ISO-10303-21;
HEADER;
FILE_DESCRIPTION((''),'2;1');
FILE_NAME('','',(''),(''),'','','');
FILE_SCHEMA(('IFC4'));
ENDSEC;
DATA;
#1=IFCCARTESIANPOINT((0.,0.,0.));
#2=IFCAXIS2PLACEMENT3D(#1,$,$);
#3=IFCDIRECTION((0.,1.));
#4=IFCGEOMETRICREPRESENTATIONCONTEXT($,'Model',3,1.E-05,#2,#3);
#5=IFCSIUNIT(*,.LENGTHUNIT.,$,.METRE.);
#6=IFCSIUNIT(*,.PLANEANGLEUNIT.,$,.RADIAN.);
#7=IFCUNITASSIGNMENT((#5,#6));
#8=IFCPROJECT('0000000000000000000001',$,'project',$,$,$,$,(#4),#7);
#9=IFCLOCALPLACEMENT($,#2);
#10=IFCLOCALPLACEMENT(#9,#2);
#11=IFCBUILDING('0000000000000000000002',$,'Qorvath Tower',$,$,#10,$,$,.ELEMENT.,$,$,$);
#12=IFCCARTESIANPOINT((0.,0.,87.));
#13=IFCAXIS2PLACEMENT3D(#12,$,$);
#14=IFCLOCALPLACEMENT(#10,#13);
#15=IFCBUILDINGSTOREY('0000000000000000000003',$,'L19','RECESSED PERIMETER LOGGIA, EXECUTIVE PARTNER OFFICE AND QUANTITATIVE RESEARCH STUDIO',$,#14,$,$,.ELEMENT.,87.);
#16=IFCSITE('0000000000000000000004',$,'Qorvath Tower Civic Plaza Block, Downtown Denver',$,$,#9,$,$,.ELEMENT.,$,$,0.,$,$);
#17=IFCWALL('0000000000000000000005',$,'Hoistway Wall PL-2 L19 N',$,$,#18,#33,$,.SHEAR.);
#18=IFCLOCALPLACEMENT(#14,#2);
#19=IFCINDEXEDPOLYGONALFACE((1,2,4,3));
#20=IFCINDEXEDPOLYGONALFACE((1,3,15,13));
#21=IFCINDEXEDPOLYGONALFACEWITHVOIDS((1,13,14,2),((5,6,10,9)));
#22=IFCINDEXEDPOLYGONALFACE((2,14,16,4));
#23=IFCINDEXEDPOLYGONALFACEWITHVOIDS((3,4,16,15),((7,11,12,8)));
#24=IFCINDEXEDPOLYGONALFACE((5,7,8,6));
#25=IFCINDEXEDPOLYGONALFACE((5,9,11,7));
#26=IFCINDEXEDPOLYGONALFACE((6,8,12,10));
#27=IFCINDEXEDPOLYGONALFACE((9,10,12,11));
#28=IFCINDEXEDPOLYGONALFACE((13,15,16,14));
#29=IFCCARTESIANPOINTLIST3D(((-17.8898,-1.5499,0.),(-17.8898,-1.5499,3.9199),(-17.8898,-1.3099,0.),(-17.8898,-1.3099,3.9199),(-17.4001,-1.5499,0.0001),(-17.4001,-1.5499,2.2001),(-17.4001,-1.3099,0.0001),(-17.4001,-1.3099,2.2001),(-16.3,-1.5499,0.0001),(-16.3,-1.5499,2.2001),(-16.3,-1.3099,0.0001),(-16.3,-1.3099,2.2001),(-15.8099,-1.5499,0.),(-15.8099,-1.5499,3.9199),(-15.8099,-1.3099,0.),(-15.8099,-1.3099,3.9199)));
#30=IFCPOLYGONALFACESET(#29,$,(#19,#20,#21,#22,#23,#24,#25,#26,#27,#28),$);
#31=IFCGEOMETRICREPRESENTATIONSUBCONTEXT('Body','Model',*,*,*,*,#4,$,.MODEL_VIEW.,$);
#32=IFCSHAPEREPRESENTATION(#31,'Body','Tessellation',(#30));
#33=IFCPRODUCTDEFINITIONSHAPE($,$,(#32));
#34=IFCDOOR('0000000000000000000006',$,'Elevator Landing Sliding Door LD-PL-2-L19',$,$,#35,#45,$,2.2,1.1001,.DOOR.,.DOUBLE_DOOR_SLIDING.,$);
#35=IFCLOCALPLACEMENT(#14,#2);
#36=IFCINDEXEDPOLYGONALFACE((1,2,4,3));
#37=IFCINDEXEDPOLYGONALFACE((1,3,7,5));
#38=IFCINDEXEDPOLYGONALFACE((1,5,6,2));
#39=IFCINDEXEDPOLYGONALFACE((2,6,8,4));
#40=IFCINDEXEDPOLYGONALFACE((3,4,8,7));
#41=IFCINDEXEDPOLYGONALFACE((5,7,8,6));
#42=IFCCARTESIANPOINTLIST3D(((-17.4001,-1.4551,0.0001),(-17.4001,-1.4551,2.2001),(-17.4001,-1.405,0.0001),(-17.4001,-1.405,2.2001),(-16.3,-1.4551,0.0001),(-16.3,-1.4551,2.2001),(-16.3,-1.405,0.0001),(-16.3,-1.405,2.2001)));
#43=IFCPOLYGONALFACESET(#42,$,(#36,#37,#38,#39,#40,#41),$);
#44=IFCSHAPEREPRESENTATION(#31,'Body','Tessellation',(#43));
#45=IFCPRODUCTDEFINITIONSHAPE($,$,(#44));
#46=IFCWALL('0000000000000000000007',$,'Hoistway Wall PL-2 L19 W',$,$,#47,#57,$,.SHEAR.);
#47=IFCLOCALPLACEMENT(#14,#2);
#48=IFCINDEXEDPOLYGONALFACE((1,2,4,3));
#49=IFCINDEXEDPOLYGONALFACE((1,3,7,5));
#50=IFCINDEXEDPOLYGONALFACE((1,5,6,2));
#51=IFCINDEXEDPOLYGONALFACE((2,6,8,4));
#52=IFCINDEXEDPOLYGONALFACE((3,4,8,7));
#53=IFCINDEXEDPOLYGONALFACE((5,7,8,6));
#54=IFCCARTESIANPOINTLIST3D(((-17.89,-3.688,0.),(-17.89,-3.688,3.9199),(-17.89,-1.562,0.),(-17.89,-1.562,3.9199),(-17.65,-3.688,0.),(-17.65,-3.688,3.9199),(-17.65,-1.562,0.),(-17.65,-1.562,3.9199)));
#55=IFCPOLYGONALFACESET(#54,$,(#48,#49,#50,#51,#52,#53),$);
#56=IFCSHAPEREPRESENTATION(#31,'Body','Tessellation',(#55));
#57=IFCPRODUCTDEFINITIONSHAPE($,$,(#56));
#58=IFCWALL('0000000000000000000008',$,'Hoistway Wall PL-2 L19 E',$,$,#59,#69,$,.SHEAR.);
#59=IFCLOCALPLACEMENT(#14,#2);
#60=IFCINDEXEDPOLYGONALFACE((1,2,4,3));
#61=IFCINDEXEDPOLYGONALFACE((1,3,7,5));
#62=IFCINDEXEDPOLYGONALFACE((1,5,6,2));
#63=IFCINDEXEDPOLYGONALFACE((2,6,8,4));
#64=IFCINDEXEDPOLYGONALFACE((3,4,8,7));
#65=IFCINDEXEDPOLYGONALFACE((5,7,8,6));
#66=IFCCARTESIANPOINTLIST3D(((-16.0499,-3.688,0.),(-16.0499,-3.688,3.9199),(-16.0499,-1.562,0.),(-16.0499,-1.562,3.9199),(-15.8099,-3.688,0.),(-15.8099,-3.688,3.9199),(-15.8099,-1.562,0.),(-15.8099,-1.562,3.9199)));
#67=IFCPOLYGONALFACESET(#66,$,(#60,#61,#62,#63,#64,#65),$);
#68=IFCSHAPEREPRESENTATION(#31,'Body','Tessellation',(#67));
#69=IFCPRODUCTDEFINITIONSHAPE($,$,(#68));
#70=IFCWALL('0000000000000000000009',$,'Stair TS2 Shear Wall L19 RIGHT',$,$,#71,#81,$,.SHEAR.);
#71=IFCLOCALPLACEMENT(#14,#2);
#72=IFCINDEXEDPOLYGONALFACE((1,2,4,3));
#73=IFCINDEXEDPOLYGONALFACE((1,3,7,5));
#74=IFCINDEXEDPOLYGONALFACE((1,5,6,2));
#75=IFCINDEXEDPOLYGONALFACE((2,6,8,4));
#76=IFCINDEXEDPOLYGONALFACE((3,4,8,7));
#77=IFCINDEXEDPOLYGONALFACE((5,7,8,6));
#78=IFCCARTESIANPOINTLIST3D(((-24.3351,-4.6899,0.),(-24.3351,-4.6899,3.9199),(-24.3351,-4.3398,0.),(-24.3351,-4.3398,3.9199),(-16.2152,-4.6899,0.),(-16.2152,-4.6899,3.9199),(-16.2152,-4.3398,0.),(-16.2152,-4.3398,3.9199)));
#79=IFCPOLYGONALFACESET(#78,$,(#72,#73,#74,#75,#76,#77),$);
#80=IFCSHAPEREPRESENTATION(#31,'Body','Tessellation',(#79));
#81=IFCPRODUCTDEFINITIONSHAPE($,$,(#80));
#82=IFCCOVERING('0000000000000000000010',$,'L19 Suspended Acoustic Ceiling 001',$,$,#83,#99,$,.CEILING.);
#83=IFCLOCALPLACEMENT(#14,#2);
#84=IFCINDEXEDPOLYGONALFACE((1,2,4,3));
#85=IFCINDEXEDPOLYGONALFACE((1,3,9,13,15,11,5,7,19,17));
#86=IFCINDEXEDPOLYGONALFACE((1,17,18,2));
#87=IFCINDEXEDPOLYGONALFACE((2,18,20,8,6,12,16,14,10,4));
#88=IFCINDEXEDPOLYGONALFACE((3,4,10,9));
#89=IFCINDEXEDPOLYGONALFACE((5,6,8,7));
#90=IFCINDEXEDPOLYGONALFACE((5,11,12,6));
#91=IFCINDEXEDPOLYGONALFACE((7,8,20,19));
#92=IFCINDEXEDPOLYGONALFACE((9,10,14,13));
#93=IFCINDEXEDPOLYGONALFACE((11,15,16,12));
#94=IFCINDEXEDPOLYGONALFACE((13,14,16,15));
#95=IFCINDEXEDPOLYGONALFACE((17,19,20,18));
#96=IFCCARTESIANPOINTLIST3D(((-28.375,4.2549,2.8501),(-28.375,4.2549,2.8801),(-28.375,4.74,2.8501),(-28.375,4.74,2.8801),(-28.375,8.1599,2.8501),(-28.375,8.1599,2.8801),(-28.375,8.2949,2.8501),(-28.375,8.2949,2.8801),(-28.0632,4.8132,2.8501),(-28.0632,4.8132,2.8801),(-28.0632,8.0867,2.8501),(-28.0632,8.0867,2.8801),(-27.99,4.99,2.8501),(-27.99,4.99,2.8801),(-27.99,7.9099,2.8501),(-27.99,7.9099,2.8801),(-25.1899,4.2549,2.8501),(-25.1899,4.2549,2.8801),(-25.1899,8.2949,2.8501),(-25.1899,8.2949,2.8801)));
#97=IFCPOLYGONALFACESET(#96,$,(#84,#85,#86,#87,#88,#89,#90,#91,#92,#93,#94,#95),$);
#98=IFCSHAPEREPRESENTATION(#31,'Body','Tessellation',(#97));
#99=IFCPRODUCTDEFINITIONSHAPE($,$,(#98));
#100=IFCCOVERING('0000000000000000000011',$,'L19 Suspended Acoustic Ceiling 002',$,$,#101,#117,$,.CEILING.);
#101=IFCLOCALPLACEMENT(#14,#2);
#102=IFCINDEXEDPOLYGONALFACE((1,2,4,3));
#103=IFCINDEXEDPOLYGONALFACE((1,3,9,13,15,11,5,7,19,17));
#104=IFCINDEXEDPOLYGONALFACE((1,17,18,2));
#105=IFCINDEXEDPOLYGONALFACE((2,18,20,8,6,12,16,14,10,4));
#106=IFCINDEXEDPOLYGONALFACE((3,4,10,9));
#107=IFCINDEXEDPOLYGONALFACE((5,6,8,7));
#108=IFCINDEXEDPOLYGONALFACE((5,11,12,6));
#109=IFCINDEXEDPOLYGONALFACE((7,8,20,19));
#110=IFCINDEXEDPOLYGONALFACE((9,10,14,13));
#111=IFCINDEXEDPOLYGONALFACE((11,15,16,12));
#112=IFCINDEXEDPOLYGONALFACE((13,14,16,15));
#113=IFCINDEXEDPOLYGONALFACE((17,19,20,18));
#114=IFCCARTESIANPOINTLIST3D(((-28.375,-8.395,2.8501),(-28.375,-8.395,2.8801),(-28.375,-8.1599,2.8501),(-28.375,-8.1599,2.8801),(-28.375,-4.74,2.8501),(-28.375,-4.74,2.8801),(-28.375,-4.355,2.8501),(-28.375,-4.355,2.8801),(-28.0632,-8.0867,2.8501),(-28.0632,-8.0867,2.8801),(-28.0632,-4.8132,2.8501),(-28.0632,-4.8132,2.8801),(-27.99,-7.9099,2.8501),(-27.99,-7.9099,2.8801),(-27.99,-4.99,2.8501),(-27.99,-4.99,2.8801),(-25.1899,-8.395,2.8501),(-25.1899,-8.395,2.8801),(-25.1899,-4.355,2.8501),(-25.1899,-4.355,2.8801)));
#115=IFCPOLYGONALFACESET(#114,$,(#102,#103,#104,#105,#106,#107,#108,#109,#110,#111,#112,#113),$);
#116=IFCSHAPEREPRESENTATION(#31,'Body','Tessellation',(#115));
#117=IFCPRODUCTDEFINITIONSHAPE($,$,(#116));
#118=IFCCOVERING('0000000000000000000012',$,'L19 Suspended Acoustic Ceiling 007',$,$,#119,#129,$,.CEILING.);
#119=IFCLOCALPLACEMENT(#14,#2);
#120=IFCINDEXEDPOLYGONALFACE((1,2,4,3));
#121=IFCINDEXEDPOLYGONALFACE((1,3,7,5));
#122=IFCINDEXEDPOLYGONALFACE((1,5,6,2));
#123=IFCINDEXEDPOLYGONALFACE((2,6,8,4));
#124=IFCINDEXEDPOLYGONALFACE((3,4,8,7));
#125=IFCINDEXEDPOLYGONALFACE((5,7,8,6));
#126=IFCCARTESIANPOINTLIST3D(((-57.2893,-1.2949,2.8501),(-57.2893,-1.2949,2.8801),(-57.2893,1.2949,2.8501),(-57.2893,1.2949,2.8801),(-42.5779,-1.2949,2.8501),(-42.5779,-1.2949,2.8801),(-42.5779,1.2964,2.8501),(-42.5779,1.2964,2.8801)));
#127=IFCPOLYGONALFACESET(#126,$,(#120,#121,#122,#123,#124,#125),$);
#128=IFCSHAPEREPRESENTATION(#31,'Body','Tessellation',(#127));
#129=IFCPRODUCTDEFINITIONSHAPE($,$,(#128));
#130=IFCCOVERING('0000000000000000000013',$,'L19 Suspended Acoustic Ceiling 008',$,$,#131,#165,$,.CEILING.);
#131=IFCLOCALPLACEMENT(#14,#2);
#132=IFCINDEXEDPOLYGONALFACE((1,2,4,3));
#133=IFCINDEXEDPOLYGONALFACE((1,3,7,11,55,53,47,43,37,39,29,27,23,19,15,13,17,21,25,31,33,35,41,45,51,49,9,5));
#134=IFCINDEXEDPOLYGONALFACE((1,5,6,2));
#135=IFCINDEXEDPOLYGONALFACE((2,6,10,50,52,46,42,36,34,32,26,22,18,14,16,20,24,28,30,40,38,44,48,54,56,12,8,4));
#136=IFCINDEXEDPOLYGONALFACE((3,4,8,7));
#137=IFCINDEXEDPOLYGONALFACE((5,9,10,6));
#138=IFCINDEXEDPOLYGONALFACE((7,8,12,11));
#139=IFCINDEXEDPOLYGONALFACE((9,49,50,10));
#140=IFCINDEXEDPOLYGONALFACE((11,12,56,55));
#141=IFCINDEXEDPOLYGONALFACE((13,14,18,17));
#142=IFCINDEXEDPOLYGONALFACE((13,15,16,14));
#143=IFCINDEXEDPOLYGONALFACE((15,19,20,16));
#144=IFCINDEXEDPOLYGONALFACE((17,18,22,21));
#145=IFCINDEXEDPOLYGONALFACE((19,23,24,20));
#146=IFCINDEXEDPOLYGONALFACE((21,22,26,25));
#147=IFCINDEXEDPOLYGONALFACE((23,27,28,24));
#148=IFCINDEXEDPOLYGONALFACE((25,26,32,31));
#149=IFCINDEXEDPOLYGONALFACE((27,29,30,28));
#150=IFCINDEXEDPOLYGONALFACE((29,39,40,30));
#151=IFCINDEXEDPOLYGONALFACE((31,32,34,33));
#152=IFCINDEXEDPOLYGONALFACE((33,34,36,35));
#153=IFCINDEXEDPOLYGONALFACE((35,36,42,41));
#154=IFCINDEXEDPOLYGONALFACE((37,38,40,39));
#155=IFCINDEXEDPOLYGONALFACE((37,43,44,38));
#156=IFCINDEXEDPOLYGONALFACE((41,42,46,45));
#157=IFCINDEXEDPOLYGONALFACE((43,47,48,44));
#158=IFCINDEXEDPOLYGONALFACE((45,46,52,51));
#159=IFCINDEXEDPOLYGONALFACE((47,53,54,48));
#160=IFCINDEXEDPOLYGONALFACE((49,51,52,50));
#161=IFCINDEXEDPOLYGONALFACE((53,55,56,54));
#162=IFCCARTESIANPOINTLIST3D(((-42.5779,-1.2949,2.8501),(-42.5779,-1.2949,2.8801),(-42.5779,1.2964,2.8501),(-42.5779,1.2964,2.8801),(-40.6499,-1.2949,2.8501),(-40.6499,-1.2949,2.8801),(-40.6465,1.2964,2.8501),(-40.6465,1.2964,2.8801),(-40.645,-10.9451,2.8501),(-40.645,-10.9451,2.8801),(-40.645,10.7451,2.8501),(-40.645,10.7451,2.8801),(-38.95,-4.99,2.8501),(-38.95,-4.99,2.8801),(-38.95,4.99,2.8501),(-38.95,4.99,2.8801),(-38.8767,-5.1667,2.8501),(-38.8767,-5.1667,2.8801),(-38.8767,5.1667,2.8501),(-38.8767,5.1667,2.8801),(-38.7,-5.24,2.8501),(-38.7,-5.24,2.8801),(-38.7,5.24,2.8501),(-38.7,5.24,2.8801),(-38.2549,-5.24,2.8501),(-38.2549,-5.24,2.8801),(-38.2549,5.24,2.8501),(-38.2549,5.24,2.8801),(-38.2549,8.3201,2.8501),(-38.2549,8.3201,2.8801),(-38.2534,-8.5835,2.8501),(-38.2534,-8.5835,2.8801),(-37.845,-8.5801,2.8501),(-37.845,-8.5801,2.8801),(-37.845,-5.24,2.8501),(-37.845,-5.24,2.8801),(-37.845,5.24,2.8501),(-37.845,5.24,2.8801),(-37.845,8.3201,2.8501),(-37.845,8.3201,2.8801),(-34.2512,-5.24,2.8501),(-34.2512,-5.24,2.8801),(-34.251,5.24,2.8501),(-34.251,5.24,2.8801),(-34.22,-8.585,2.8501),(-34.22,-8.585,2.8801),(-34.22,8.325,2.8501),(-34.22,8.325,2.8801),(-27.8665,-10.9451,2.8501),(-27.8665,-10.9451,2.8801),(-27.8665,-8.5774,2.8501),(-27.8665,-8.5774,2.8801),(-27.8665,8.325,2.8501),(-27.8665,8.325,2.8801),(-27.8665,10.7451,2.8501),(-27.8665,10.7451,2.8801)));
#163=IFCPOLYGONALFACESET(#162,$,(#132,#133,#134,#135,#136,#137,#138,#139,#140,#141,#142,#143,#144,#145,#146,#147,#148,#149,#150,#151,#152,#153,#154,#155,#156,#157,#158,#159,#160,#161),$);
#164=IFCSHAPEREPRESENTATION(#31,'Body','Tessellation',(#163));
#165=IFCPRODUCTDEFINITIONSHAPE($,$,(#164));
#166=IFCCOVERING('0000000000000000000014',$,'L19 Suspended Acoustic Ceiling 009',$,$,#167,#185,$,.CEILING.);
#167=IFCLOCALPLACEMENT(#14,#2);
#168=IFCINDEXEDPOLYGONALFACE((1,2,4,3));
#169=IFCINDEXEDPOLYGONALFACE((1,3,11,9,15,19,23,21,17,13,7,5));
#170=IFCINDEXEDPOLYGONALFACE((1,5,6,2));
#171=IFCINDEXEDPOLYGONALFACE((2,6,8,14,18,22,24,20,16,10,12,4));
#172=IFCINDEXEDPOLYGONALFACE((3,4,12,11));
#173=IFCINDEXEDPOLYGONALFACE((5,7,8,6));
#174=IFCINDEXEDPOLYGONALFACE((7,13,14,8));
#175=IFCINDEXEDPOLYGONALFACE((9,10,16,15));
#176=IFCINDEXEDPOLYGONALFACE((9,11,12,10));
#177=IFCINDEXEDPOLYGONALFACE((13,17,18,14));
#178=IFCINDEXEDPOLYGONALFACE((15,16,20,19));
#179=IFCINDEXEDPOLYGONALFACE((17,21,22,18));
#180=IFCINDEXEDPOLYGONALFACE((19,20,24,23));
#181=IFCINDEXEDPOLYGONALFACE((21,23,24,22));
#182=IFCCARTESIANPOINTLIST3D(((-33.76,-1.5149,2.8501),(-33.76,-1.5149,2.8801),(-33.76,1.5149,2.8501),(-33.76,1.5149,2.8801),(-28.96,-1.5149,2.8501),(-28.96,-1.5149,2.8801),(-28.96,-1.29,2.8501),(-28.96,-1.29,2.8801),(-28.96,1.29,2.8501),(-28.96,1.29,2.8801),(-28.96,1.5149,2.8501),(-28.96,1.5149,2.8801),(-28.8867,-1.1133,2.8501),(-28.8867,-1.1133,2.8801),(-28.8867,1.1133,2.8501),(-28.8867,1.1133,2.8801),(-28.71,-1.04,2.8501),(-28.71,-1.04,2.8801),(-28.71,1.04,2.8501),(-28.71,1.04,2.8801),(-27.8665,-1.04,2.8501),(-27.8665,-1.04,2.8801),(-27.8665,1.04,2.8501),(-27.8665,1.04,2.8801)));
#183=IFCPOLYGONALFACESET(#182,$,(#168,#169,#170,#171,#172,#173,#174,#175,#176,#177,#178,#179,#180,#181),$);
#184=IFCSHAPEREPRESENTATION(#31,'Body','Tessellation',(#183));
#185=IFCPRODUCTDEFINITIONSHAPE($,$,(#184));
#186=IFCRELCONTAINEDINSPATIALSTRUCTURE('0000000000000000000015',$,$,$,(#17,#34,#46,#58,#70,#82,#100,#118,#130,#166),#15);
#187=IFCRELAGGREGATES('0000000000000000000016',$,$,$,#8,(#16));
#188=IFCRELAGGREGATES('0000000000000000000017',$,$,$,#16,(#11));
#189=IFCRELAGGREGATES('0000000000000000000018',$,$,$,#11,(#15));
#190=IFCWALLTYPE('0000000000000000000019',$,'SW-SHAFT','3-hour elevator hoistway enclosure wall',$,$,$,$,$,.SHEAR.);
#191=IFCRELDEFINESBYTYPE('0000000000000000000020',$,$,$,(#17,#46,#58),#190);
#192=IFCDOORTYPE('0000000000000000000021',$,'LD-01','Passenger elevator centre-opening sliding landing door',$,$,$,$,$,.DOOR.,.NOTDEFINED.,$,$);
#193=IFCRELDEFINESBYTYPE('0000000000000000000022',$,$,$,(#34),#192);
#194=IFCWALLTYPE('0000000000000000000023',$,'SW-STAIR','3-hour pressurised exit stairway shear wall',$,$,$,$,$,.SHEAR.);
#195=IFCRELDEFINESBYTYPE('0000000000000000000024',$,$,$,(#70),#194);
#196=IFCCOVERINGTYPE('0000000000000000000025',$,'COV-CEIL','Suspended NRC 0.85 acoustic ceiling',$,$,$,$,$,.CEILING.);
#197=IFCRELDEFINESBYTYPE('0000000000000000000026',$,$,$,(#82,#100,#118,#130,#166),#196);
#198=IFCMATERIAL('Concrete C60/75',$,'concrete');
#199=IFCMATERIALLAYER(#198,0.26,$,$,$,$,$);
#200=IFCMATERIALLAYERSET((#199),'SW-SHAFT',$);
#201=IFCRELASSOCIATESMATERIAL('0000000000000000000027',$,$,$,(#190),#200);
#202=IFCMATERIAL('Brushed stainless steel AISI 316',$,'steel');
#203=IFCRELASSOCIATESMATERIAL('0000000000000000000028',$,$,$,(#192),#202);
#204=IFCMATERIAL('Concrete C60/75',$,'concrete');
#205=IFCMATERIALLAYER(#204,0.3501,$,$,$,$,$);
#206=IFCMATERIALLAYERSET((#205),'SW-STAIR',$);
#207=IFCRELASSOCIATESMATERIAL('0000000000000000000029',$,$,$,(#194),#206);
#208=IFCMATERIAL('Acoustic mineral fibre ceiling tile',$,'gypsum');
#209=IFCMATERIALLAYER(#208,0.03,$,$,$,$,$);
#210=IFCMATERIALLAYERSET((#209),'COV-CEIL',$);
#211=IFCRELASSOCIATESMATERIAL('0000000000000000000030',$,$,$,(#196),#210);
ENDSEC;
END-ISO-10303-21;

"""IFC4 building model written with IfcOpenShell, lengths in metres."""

from ifc_helpers import new_model, si_unit, direction, frame, frame_2d, origin, place, context, subcontext, project, spatial, polyline, rectangle, outline, extrude, material, layer, layer_set, type_object, element, fill, save


model = new_model("IFC4")

# Units and contexts
model_context = context("Model", 3, precision=1e-05, world=origin(), true_north=direction((0.0, 1.0)))
body_context = subcontext(model_context, "Body", "Model", "MODEL_VIEW")
ifc_project = project(units=[si_unit("LENGTHUNIT", "METRE"), si_unit("PLANEANGLEUNIT", "RADIAN")], contexts=[model_context])

# Site, building, storey
site_placement = place(None, origin())
site = spatial("IfcSite", under=ifc_project, at=site_placement, Name="Qorvath Tower Civic Plaza Block, Downtown Denver", CompositionType="ELEMENT", RefElevation=0.0)
building_placement = place(site_placement, origin())
building = spatial("IfcBuilding", under=site, at=building_placement, Name="Qorvath Tower", CompositionType="ELEMENT")
storey_placement = place(building_placement, frame((0.0, 0.0, 87.0)))
storey = spatial("IfcBuildingStorey", under=building, at=storey_placement, Name="L19", Description="RECESSED PERIMETER LOGGIA, EXECUTIVE PARTNER OFFICE AND QUANTITATIVE RESEARCH STUDIO", CompositionType="ELEMENT", Elevation=87.0)

# Shared definitions
ifc_material_1 = material(Name="Concrete C60/75", Category="concrete")
ifc_layer_1 = layer(ifc_material_1, 0.26)
ifc_layer_set_1 = layer_set([ifc_layer_1], Name="SW-SHAFT")
wall_type_1 = type_object("IfcWallType", Name="SW-SHAFT", Description="3-hour elevator hoistway enclosure wall", PredefinedType="SHEAR", material=ifc_layer_set_1)

# Wall, opening, door
wall_1_placement = place(storey_placement, frame((-17.8899, -1.4299, 0.0), z_axis=(0.0, 0.0, 1.0), x_axis=(1.0, 0.0, 0.0)))
wall_1 = element("IfcWall", 1, at=wall_1_placement, inside=storey, type_object=wall_type_1, Name="Hoistway Wall PL-2 L19 N", PredefinedType="SHEAR", context=body_context, shape_type="SweptSolid", body=[
    extrude(rectangle(XDim=2.0798, YDim=0.24, at=frame_2d((1.04, 0.0))), origin(), (0.0, 0.0, 1.0), 3.9199),
])
opening_placement = place(wall_1_placement, frame((0.4897, 0.0, 0.0)))
opening = element("IfcOpeningElement", 2, at=opening_placement, cuts=wall_1, PredefinedType="OPENING", context=body_context, shape_type="SweptSolid", body=[
    extrude(rectangle(XDim=1.1001, YDim=2.2, at=frame_2d((0.55, 1.1001))), frame((0.0, 0.1299, 0.0), z_axis=(0.0, -1.0, 0.0), x_axis=(1.0, 0.0, 0.0)), (0.0, 0.0, 1.0), 0.26),
])
ifc_material_2 = material(Name="Brushed stainless steel AISI 316", Category="steel")
door_type = type_object("IfcDoorType", Name="LD-01", Description="Passenger elevator centre-opening sliding landing door", OperationType="NOTDEFINED", PredefinedType="DOOR", material=ifc_material_2)
door_placement = place(opening_placement, origin())
door = element("IfcDoor", 3, at=door_placement, inside=storey, type_object=door_type, Name="Elevator Landing Sliding Door LD-PL-2-L19", OperationType="DOUBLE_DOOR_SLIDING", OverallHeight=2.2, OverallWidth=1.1001, PredefinedType="DOOR", context=body_context, shape_type="SweptSolid", body=[
    extrude(rectangle(XDim=1.1001, YDim=2.2, at=frame_2d((0.55, 1.1001))), frame((0.0, 0.0249, 0.0), z_axis=(0.0, -1.0, 0.0), x_axis=(1.0, 0.0, 0.0)), (0.0, 0.0, 1.0), 0.05),
])
fill(opening, door)

# Walls
for number, where, z_axis, x_axis, name in (
    (4, (-17.77, -3.688, 0.0), (0.0, 0.0, 1.0), (0.0, 1.0, 0.0), "Hoistway Wall PL-2 L19 W"),
    (5, (-15.9299, -1.562, 0.0), (0.0, 0.0, 1.0), (0.0, -1.0, 0.0), "Hoistway Wall PL-2 L19 E"),
):
    element("IfcWall", number, at=place(storey_placement, frame(where, z_axis=z_axis, x_axis=x_axis)), inside=storey, type_object=wall_type_1, Name=name, PredefinedType="SHEAR", context=body_context, shape_type="SweptSolid", body=[
        extrude(rectangle(XDim=2.126, YDim=0.24, at=frame_2d((1.063, 0.0))), origin(), (0.0, 0.0, 1.0), 3.9199),
    ])
ifc_material_3 = material(Name="Concrete C60/75", Category="concrete")
ifc_layer_2 = layer(ifc_material_3, 0.3501)
ifc_layer_set_2 = layer_set([ifc_layer_2], Name="SW-STAIR")
wall_type_2 = type_object("IfcWallType", Name="SW-STAIR", Description="3-hour pressurised exit stairway shear wall", PredefinedType="SHEAR", material=ifc_layer_set_2)
wall_2_placement = place(storey_placement, frame((-16.2151, -4.5149, 0.0), z_axis=(0.0, 0.0, 1.0), x_axis=(-1.0, 0.0, 0.0)))
element("IfcWall", 6, at=wall_2_placement, inside=storey, type_object=wall_type_2, Name="Stair TS2 Shear Wall L19 RIGHT", PredefinedType="SHEAR", context=body_context, shape_type="SweptSolid", body=[
    extrude(rectangle(XDim=8.1199, YDim=0.3501, at=frame_2d((4.0601, 0.0))), origin(), (0.0, 0.0, 1.0), 3.9199),
])

# Coverings
ifc_material_4 = material(Name="Acoustic mineral fibre ceiling tile", Category="gypsum")
ifc_layer_3 = layer(ifc_material_4, 0.03)
ifc_layer_set_3 = layer_set([ifc_layer_3], Name="COV-CEIL")
covering_type_1 = type_object("IfcCoveringType", Name="COV-CEIL", Description="Suspended NRC 0.85 acoustic ceiling", PredefinedType="CEILING", material=ifc_layer_set_3)
covering_1_placement = place(storey_placement, frame((0.0, 0.0, 2.8501)))
element("IfcCovering", 7, at=covering_1_placement, inside=storey, type_object=covering_type_1, Name="L19 Suspended Acoustic Ceiling 001", PredefinedType="CEILING", context=body_context, shape_type="SweptSolid", body=[
    extrude(outline(polyline([(-25.1899, 4.2549), (-25.1899, 8.2949), (-28.375, 8.2949), (-28.375, 8.1599), (-28.0632, 8.0867), (-27.99, 7.9099), (-27.99, 4.99), (-28.0632, 4.8132), (-28.375, 4.74), (-28.375, 4.2549), (-25.1899, 4.2549)])), origin(), (0.0, 0.0, 1.0), 0.03),
])
covering_2_placement = place(storey_placement, frame((0.0, 0.0, 2.8501)))
element("IfcCovering", 8, at=covering_2_placement, inside=storey, type_object=covering_type_1, Name="L19 Suspended Acoustic Ceiling 002", PredefinedType="CEILING", context=body_context, shape_type="SweptSolid", body=[
    extrude(outline(polyline([(-25.1899, -8.395), (-25.1899, -4.355), (-28.375, -4.355), (-28.375, -4.74), (-28.0632, -4.8132), (-27.99, -4.99), (-27.99, -7.9099), (-28.0632, -8.0867), (-28.375, -8.1599), (-28.375, -8.395), (-25.1899, -8.395)])), origin(), (0.0, 0.0, 1.0), 0.03),
])
covering_3_placement = place(storey_placement, frame((0.0, 0.0, 2.8501)))
element("IfcCovering", 9, at=covering_3_placement, inside=storey, type_object=covering_type_1, Name="L19 Suspended Acoustic Ceiling 007", PredefinedType="CEILING", context=body_context, shape_type="SweptSolid", body=[
    extrude(outline(polyline([(-42.5779, -1.2949), (-42.5779, 1.2964), (-57.2893, 1.2949), (-57.2893, -1.2949), (-42.5779, -1.2949)])), origin(), (0.0, 0.0, 1.0), 0.03),
])
covering_4_placement = place(storey_placement, frame((0.0, 0.0, 2.8501)))
element("IfcCovering", 10, at=covering_4_placement, inside=storey, type_object=covering_type_1, Name="L19 Suspended Acoustic Ceiling 008", PredefinedType="CEILING", context=body_context, shape_type="SweptSolid", body=[
    extrude(outline(polyline([(-40.6499, -1.2949), (-40.645, -10.9451), (-27.8665, -10.9451), (-27.8665, -8.5774), (-34.22, -8.585), (-34.2512, -5.24), (-37.845, -5.24), (-37.845, -8.5801), (-38.2534, -8.5835), (-38.2549, -5.24), (-38.7, -5.24), (-38.8767, -5.1667), (-38.95, -4.99), (-38.95, 4.99), (-38.8767, 5.1667), (-38.7, 5.24), (-38.2549, 5.24), (-38.2549, 8.3201), (-37.845, 8.3201), (-37.845, 5.24), (-34.251, 5.24), (-34.22, 8.325), (-27.8665, 8.325), (-27.8665, 10.7451), (-40.645, 10.7451), (-40.6465, 1.2964), (-42.5779, 1.2964), (-42.5779, -1.2949), (-40.6499, -1.2949)])), origin(), (0.0, 0.0, 1.0), 0.03),
])
covering_5_placement = place(storey_placement, frame((0.0, 0.0, 2.8501)))
element("IfcCovering", 11, at=covering_5_placement, inside=storey, type_object=covering_type_1, Name="L19 Suspended Acoustic Ceiling 009", PredefinedType="CEILING", context=body_context, shape_type="SweptSolid", body=[
    extrude(outline(polyline([(-27.8665, -1.04), (-27.8665, 1.04), (-28.71, 1.04), (-28.8867, 1.1133), (-28.96, 1.29), (-28.96, 1.5149), (-33.76, 1.5149), (-33.76, -1.5149), (-28.96, -1.5149), (-28.96, -1.29), (-28.8867, -1.1133), (-28.71, -1.04), (-27.8665, -1.04)])), origin(), (0.0, 0.0, 1.0), 0.03),
])

save(model, "model.ifc")
